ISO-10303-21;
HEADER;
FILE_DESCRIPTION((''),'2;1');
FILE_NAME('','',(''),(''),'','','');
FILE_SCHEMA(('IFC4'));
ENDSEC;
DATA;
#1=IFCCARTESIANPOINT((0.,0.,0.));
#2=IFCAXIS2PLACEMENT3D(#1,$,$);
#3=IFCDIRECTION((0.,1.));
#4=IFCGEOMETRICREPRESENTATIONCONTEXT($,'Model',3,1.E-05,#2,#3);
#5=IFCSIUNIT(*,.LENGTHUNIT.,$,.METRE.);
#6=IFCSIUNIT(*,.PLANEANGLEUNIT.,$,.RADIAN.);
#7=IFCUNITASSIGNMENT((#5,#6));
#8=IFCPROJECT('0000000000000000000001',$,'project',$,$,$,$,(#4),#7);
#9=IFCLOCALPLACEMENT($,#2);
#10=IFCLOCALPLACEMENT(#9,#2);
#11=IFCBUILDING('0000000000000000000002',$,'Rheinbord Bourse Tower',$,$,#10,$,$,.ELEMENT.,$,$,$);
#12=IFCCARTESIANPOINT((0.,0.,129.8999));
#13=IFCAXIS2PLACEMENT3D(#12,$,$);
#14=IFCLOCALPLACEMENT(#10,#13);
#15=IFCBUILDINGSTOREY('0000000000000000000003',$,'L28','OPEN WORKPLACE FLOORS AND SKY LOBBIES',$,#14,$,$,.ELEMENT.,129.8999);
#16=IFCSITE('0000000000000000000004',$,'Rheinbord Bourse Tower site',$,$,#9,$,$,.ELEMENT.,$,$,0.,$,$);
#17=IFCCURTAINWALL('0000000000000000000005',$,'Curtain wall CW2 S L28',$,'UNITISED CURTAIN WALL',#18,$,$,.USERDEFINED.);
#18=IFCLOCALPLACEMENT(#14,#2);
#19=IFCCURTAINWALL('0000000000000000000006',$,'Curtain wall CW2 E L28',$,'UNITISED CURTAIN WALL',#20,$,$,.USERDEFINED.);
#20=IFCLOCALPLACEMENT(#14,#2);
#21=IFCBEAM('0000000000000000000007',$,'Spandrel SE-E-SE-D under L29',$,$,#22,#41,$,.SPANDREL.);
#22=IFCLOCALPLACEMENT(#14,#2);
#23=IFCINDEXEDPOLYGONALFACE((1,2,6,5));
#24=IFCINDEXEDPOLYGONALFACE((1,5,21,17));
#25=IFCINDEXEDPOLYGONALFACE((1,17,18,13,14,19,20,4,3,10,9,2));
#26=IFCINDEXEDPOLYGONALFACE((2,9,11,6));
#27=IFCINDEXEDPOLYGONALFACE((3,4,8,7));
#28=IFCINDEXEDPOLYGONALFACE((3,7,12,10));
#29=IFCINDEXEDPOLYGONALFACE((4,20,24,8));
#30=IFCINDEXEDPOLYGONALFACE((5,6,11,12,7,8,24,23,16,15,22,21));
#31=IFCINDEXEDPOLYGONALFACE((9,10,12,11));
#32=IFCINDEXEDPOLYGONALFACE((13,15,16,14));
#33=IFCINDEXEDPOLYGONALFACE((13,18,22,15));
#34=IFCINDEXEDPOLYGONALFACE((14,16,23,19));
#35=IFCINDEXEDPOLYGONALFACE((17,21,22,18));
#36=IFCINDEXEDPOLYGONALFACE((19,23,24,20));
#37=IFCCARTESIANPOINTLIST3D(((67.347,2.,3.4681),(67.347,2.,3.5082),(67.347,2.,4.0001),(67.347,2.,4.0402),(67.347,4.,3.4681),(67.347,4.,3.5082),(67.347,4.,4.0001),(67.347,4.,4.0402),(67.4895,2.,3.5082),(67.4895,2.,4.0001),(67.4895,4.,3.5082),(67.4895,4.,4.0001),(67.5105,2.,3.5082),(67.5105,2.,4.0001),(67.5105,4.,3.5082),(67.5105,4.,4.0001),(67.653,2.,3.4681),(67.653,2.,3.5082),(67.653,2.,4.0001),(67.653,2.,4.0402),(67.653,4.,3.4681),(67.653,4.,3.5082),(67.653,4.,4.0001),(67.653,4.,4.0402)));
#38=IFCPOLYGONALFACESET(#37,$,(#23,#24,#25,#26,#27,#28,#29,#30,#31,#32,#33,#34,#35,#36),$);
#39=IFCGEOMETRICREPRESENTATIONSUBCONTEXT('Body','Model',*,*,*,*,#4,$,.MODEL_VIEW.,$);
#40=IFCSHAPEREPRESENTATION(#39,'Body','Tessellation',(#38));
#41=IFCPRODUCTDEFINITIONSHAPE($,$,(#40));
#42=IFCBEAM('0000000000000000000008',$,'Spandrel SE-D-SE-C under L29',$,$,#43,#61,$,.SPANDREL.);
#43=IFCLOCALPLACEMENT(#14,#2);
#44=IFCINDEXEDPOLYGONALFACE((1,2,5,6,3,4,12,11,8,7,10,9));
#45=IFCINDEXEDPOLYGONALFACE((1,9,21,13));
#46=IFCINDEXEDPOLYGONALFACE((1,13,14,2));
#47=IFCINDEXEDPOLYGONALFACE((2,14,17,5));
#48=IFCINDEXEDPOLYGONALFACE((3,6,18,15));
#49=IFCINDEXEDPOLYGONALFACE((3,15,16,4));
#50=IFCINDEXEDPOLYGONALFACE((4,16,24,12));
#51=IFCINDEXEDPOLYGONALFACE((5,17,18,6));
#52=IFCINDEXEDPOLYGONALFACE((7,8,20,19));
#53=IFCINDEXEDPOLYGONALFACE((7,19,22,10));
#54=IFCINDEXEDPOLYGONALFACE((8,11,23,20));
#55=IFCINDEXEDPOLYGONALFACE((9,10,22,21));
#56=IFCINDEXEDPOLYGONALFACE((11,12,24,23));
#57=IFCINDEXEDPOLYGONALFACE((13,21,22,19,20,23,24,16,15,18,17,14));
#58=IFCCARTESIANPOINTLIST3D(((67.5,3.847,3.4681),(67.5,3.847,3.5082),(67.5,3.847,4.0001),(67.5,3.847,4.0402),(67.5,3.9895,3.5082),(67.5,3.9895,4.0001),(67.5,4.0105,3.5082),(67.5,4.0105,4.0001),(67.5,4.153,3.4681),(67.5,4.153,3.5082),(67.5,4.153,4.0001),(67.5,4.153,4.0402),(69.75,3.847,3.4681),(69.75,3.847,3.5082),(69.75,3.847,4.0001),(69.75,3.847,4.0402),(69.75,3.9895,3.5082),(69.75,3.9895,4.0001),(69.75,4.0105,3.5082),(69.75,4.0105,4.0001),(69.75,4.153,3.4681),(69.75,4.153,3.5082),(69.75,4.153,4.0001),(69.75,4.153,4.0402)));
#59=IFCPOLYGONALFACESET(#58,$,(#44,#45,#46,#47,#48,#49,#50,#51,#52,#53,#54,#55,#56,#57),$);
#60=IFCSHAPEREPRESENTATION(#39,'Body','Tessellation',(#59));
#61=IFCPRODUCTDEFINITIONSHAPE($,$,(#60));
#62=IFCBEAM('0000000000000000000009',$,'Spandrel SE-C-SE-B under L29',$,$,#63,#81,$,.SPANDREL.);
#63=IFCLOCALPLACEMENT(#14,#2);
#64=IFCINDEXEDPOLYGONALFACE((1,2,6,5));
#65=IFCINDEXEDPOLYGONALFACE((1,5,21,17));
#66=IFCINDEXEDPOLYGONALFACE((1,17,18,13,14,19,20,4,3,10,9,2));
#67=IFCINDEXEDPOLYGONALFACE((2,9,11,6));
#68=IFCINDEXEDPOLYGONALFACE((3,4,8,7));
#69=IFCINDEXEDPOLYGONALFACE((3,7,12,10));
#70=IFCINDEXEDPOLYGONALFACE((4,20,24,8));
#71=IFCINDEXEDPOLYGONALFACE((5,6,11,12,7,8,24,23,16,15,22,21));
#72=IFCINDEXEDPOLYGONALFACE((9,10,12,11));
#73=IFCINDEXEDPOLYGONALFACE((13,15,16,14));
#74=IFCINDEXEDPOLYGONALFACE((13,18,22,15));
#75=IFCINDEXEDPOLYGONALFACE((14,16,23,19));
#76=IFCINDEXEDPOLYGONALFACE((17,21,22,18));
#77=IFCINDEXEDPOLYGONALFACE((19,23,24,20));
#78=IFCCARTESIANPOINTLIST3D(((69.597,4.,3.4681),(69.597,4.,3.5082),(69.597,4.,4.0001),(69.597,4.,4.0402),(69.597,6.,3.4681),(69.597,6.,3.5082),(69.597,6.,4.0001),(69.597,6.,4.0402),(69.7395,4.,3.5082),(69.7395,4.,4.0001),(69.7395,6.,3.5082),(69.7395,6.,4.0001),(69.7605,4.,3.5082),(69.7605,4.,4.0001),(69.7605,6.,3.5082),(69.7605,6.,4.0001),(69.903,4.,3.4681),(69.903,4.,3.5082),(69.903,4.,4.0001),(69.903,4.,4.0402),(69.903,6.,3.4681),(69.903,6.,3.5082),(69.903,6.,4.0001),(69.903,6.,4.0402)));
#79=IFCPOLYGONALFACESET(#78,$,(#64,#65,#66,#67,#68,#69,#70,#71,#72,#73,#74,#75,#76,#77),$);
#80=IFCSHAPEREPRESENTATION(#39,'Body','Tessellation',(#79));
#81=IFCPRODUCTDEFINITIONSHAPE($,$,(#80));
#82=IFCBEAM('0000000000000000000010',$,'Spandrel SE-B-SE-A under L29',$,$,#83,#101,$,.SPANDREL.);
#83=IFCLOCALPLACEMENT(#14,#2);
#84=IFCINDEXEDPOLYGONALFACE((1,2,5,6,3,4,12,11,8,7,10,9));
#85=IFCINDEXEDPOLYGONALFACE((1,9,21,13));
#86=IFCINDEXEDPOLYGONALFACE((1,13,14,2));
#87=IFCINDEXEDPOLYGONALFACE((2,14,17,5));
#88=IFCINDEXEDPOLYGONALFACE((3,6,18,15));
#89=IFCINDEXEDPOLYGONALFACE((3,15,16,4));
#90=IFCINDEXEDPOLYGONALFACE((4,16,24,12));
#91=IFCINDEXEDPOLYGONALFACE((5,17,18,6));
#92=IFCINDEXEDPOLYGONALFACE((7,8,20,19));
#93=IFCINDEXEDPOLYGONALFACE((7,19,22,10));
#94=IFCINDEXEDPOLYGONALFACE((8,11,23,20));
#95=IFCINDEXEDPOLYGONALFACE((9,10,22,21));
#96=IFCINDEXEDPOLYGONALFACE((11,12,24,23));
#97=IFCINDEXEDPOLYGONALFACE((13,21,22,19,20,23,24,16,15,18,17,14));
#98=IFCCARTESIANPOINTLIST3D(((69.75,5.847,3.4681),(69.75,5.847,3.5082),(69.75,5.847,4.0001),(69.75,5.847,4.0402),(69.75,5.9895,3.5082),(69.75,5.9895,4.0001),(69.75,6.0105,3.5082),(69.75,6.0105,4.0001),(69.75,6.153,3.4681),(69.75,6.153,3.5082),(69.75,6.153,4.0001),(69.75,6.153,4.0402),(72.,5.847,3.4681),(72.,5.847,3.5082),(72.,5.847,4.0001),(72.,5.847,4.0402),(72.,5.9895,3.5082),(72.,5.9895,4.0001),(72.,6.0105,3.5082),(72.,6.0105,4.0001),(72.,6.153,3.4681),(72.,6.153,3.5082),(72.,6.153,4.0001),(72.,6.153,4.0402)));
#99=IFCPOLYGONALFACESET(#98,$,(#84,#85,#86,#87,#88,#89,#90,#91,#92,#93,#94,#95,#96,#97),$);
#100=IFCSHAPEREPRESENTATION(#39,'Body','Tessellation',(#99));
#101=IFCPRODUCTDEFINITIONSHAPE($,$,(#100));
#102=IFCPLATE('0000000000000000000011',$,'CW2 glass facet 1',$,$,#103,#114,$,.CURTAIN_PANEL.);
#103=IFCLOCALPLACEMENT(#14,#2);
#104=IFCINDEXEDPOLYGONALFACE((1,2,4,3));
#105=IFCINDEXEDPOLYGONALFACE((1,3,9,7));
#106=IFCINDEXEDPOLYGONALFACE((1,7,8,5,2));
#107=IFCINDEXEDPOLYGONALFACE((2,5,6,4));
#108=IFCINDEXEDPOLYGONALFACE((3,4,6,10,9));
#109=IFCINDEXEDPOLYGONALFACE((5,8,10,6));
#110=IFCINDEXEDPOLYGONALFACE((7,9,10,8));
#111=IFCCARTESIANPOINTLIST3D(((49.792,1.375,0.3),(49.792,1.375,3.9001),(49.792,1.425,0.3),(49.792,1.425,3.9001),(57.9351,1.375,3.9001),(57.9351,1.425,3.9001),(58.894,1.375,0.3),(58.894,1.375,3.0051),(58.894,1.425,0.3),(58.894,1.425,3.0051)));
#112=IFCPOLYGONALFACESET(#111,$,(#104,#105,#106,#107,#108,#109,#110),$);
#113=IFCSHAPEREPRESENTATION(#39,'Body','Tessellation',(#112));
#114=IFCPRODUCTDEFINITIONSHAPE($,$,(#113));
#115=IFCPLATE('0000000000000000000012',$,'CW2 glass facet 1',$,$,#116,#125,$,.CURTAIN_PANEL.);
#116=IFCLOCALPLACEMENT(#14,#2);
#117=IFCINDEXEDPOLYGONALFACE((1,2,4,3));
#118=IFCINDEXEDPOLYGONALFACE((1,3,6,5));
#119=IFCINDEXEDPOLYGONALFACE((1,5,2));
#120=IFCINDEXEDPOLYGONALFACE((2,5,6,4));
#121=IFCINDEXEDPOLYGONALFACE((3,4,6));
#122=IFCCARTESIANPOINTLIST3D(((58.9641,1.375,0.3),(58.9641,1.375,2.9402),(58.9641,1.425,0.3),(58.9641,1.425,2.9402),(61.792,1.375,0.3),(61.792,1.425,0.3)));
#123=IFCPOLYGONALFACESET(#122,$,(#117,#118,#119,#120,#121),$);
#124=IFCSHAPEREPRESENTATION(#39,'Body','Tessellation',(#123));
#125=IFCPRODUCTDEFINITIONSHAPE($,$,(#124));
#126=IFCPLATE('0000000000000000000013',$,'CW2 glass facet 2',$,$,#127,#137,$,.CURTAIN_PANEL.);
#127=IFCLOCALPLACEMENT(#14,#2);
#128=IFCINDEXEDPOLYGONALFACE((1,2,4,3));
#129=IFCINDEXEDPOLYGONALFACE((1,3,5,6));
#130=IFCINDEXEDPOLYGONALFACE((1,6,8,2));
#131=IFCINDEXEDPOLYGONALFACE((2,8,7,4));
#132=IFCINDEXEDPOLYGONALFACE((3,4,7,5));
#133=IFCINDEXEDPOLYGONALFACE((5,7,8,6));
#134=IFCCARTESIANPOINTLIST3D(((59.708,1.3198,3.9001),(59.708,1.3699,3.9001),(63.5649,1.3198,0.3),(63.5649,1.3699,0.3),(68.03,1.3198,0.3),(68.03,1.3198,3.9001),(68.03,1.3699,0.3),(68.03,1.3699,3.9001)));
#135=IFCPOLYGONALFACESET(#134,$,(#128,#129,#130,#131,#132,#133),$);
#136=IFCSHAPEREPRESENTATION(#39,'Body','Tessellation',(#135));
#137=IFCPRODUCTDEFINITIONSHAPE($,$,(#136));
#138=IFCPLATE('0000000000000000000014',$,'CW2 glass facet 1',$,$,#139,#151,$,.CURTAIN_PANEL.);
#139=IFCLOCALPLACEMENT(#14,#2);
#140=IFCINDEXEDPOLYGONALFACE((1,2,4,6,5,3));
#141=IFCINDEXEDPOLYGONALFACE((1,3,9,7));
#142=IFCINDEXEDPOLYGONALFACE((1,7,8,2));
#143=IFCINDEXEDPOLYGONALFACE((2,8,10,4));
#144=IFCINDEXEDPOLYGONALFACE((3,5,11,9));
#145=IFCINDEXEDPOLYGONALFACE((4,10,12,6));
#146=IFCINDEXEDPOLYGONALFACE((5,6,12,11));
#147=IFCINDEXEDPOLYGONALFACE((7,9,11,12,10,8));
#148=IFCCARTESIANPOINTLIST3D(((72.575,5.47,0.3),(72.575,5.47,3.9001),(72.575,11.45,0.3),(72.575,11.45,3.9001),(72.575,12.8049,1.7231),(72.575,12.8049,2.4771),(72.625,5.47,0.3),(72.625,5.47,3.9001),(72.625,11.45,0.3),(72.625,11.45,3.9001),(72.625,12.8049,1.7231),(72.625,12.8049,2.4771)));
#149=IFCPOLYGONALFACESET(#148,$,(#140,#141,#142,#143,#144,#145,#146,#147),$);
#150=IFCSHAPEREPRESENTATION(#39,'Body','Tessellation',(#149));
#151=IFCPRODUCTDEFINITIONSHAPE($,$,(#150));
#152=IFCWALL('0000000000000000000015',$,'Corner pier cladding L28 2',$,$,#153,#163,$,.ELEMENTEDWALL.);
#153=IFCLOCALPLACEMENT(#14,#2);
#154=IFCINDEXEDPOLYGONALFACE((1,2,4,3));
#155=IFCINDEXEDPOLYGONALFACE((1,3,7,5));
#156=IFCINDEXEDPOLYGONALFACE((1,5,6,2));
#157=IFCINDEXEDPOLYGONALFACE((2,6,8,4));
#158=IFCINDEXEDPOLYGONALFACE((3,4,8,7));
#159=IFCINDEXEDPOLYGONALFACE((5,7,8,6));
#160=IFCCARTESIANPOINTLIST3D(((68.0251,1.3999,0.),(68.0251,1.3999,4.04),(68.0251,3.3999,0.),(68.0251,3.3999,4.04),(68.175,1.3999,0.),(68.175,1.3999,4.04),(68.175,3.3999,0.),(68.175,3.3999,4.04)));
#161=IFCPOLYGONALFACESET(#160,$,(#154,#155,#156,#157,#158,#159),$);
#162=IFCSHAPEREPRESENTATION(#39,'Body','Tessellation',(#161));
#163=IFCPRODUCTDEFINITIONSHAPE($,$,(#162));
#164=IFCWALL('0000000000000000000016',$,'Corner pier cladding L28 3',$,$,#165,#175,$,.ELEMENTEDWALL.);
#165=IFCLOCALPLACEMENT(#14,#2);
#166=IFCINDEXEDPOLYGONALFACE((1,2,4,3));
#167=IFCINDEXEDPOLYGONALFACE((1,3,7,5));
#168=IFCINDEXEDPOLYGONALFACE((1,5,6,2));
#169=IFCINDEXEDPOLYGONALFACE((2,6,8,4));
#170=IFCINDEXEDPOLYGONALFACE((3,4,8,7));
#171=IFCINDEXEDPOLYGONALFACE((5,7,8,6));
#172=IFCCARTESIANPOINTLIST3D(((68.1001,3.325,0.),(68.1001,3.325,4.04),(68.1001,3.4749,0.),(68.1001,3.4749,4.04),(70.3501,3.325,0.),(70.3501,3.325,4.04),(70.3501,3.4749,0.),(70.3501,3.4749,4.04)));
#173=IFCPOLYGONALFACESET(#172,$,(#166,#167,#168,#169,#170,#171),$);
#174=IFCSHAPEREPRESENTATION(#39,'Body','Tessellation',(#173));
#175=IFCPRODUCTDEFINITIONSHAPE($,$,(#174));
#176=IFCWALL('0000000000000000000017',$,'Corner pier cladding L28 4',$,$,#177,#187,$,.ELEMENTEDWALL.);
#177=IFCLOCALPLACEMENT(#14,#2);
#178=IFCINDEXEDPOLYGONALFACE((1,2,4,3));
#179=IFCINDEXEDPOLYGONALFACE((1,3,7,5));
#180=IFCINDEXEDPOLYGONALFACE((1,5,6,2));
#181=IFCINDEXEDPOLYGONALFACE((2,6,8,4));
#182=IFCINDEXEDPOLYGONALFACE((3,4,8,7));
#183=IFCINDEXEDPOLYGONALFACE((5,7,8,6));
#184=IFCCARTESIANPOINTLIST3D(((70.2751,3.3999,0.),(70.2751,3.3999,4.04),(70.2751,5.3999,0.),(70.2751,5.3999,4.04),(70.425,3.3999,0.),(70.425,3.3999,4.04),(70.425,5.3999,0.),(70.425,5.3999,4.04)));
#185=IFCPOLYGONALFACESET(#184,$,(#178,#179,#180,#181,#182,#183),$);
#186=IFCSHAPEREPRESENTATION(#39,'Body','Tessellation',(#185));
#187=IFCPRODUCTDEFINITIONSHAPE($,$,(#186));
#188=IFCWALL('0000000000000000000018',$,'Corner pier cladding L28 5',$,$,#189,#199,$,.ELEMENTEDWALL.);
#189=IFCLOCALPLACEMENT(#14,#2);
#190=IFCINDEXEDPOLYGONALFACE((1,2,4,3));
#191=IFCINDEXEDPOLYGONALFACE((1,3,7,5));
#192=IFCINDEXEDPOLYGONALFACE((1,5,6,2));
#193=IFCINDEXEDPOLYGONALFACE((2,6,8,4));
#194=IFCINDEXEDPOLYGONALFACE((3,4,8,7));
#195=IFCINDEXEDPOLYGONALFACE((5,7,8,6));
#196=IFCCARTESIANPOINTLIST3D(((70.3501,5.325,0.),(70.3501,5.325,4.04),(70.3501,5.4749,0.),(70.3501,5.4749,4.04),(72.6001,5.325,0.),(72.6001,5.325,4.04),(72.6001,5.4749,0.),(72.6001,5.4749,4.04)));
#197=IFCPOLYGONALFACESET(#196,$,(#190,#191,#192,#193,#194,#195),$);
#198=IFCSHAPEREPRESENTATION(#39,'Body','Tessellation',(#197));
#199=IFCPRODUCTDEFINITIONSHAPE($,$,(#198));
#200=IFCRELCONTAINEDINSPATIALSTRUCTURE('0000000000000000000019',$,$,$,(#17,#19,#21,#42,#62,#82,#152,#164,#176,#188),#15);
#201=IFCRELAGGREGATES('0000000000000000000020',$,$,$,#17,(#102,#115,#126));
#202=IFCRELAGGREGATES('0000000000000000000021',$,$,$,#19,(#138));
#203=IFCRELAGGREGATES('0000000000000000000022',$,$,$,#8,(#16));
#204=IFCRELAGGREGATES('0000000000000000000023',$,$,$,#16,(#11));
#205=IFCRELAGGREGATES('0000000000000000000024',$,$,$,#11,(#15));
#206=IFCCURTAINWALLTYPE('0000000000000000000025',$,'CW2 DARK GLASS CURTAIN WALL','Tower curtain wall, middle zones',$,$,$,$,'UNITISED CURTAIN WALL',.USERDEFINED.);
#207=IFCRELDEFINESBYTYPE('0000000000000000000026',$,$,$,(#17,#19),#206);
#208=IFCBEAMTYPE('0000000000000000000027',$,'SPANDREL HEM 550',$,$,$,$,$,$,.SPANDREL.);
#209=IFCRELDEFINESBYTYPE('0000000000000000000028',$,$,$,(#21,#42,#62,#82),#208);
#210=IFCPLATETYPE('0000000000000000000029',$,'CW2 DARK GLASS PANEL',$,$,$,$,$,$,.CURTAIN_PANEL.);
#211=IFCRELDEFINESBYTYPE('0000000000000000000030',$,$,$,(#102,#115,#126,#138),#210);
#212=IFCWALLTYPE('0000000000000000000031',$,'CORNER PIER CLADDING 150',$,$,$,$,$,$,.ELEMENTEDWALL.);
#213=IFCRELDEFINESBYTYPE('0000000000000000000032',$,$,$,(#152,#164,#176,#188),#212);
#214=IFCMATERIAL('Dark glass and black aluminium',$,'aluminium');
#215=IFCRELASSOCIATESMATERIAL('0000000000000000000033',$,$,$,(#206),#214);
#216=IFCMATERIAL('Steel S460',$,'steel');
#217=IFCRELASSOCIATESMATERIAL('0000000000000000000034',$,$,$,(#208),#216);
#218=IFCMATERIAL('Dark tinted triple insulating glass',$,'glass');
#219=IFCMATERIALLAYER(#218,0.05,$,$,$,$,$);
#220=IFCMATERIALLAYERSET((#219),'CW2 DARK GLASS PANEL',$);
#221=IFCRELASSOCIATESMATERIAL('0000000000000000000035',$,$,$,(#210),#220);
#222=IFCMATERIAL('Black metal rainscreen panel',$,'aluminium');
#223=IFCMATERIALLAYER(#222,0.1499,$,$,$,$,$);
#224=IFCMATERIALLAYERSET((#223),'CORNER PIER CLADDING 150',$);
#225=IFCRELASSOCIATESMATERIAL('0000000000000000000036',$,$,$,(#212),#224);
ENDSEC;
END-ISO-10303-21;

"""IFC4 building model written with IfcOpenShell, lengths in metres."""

from ifc_helpers import new_model, si_unit, direction, frame, frame_2d, origin, origin_2d, place, context, subcontext, project, spatial, polyline, rectangle, i_section, outline, extrude, material, layer, layer_set, material_profile, profile_set, type_object, element, aggregate, save


model = new_model("IFC4")

# Units and contexts
model_context = context("Model", 3, precision=1e-05, world=origin(), true_north=direction((0.0, 1.0)))
body_context = subcontext(model_context, "Body", "Model", "MODEL_VIEW")
ifc_project = project(units=[si_unit("LENGTHUNIT", "METRE"), si_unit("PLANEANGLEUNIT", "RADIAN")], contexts=[model_context])

# Site, building, storey
site_placement = place(None, origin())
site = spatial("IfcSite", under=ifc_project, at=site_placement, Name="Rheinbord Bourse Tower site", CompositionType="ELEMENT", RefElevation=0.0)
building_placement = place(site_placement, origin())
building = spatial("IfcBuilding", under=site, at=building_placement, Name="Rheinbord Bourse Tower", CompositionType="ELEMENT")
storey_placement = place(building_placement, frame((0.0, 0.0, 129.8999)))
storey = spatial("IfcBuildingStorey", under=building, at=storey_placement, Name="L28", Description="OPEN WORKPLACE FLOORS AND SKY LOBBIES", CompositionType="ELEMENT", Elevation=129.8999)

# Curtain wall
ifc_material_1 = material(Name="Dark glass and black aluminium", Category="aluminium")
curtain_wall_type = type_object("IfcCurtainWallType", Name="CW2 DARK GLASS CURTAIN WALL", Description="Tower curtain wall, middle zones", ElementType="UNITISED CURTAIN WALL", PredefinedType="USERDEFINED", material=ifc_material_1)
curtain_wall_1_placement = place(storey_placement, origin())
curtain_wall_1 = element("IfcCurtainWall", 1, at=curtain_wall_1_placement, inside=storey, type_object=curtain_wall_type, Name="Curtain wall CW2 S L28", ObjectType="UNITISED CURTAIN WALL", PredefinedType="USERDEFINED")

# Curtain wall
curtain_wall_2_placement = place(storey_placement, origin())
curtain_wall_2 = element("IfcCurtainWall", 2, at=curtain_wall_2_placement, inside=storey, type_object=curtain_wall_type, Name="Curtain wall CW2 E L28", ObjectType="UNITISED CURTAIN WALL", PredefinedType="USERDEFINED")

# Beams
ifc_material_2 = material(Name="Steel S460", Category="steel")
ifc_material_profile_1 = material_profile(ifc_material_2, i_section(OverallWidth=0.3059, OverallDepth=0.572, WebThickness=0.021, FlangeThickness=0.04, at=origin_2d()), Name="HEM 550")
ifc_profile_set_1 = profile_set([ifc_material_profile_1], Name="Steel S460")
beam_type_1 = type_object("IfcBeamType", Name="SPANDREL HEM 550", PredefinedType="SPANDREL", material=ifc_profile_set_1)
beam_1_placement = place(storey_placement, frame((67.5, 2.0, 3.7542), z_axis=(0.0, 1.0, 0.0), x_axis=(-1.0, 0.0, 0.0)))
element("IfcBeam", 3, at=beam_1_placement, inside=storey, type_object=beam_type_1, Name="Spandrel SE-E-SE-D under L29", PredefinedType="SPANDREL", context=body_context, shape_type="SweptSolid", body=[
    extrude(i_section(OverallWidth=0.3059, OverallDepth=0.572, WebThickness=0.021, FlangeThickness=0.04, at=origin_2d()), origin(), (0.0, 0.0, 1.0), 2.0),
])
beam_2_placement = place(storey_placement, frame((67.5, 4.0, 3.7542), z_axis=(1.0, 0.0, 0.0), x_axis=(0.0, 1.0, 0.0)))
element("IfcBeam", 4, at=beam_2_placement, inside=storey, type_object=beam_type_1, Name="Spandrel SE-D-SE-C under L29", PredefinedType="SPANDREL", context=body_context, shape_type="SweptSolid", body=[
    extrude(i_section(OverallWidth=0.3059, OverallDepth=0.572, WebThickness=0.021, FlangeThickness=0.04, at=origin_2d()), origin(), (0.0, 0.0, 1.0), 2.25),
])
beam_3_placement = place(storey_placement, frame((69.75, 4.0, 3.7542), z_axis=(0.0, 1.0, 0.0), x_axis=(-1.0, 0.0, 0.0)))
element("IfcBeam", 5, at=beam_3_placement, inside=storey, type_object=beam_type_1, Name="Spandrel SE-C-SE-B under L29", PredefinedType="SPANDREL", context=body_context, shape_type="SweptSolid", body=[
    extrude(i_section(OverallWidth=0.3059, OverallDepth=0.572, WebThickness=0.021, FlangeThickness=0.04, at=origin_2d()), origin(), (0.0, 0.0, 1.0), 2.0),
])
beam_4_placement = place(storey_placement, frame((69.75, 6.0, 3.7542), z_axis=(1.0, 0.0, 0.0), x_axis=(0.0, 1.0, 0.0)))
element("IfcBeam", 6, at=beam_4_placement, inside=storey, type_object=beam_type_1, Name="Spandrel SE-B-SE-A under L29", PredefinedType="SPANDREL", context=body_context, shape_type="SweptSolid", body=[
    extrude(i_section(OverallWidth=0.3059, OverallDepth=0.572, WebThickness=0.021, FlangeThickness=0.04, at=origin_2d()), origin(), (0.0, 0.0, 1.0), 2.25),
])

# Plates
ifc_material_3 = material(Name="Dark tinted triple insulating glass", Category="glass")
ifc_layer_1 = layer(ifc_material_3, 0.05)
ifc_layer_set_1 = layer_set([ifc_layer_1], Name="CW2 DARK GLASS PANEL")
plate_type = type_object("IfcPlateType", Name="CW2 DARK GLASS PANEL", PredefinedType="CURTAIN_PANEL", material=ifc_layer_set_1)
plate_1_placement = place(storey_placement, frame((58.894, 1.375, 0.3), z_axis=(0.0, 1.0, 0.0), x_axis=(-1.0, 0.0, 0.0)))
plate_1 = element("IfcPlate", 7, at=plate_1_placement, type_object=plate_type, Name="CW2 glass facet 1", PredefinedType="CURTAIN_PANEL", context=body_context, shape_type="SweptSolid", body=[
    extrude(outline(polyline([(0.0, 0.0), (9.1021, 0.0), (9.1021, 3.6001), (0.959, 3.6001), (0.0, 2.7051), (0.0, 0.0)])), origin(), (0.0, 0.0, 1.0), 0.05),
])
plate_2_placement = place(storey_placement, frame((58.9641, 1.375, 0.3), z_axis=(0.0, 1.0, 0.0), x_axis=(0.0, 0.0, 1.0)))
plate_2 = element("IfcPlate", 8, at=plate_2_placement, type_object=plate_type, Name="CW2 glass facet 1", PredefinedType="CURTAIN_PANEL", context=body_context, shape_type="SweptSolid", body=[
    extrude(outline(polyline([(0.0, 0.0), (2.6401, 0.0), (0.0, 2.8279), (0.0, 0.0)])), origin(), (0.0, 0.0, 1.0), 0.05),
])
plate_3_placement = place(storey_placement, frame((68.03, 1.3198, 3.9001), z_axis=(0.0, 1.0, 0.0), x_axis=(0.0, 0.0, -1.0)))
plate_3 = element("IfcPlate", 9, at=plate_3_placement, type_object=plate_type, Name="CW2 glass facet 2", PredefinedType="CURTAIN_PANEL", context=body_context, shape_type="SweptSolid", body=[
    extrude(outline(polyline([(0.0, 0.0), (3.6001, 0.0), (3.6001, 4.4651), (0.0, 8.322), (0.0, 0.0)])), origin(), (0.0, 0.0, 1.0), 0.05),
])
aggregate(curtain_wall_1, [plate_1, plate_2, plate_3])
plate_4_placement = place(storey_placement, frame((72.625, 5.47, 0.3), z_axis=(-1.0, 0.0, 0.0), x_axis=(0.0, 0.0, 1.0)))
plate_4 = element("IfcPlate", 10, at=plate_4_placement, type_object=plate_type, Name="CW2 glass facet 1", PredefinedType="CURTAIN_PANEL", context=body_context, shape_type="SweptSolid", body=[
    extrude(outline(polyline([(0.0, 0.0), (3.6001, 0.0), (3.6001, 5.98), (2.177, 7.335), (1.4231, 7.335), (0.0, 5.98), (0.0, 0.0)])), origin(), (0.0, 0.0, 1.0), 0.05),
])
aggregate(curtain_wall_2, [plate_4])

# Walls
ifc_material_4 = material(Name="Black metal rainscreen panel", Category="aluminium")
ifc_layer_2 = layer(ifc_material_4, 0.1499)
ifc_layer_set_2 = layer_set([ifc_layer_2], Name="CORNER PIER CLADDING 150")
wall_type = type_object("IfcWallType", Name="CORNER PIER CLADDING 150", PredefinedType="ELEMENTEDWALL", material=ifc_layer_set_2)
wall_1_placement = place(storey_placement, frame((68.1001, 1.3999, 0.0), z_axis=(0.0, 0.0, 1.0), x_axis=(0.0, 1.0, 0.0)))
element("IfcWall", 11, at=wall_1_placement, inside=storey, type_object=wall_type, Name="Corner pier cladding L28 2", PredefinedType="ELEMENTEDWALL", context=body_context, shape_type="SweptSolid", body=[
    extrude(rectangle(XDim=2.0, YDim=0.1499, at=frame_2d((1.0, 0.0))), origin(), (0.0, 0.0, 1.0), 4.04),
])
wall_2_placement = place(storey_placement, frame((68.1001, 3.3999, 0.0), z_axis=(0.0, 0.0, 1.0), x_axis=(1.0, 0.0, 0.0)))
element("IfcWall", 12, at=wall_2_placement, inside=storey, type_object=wall_type, Name="Corner pier cladding L28 3", PredefinedType="ELEMENTEDWALL", context=body_context, shape_type="SweptSolid", body=[
    extrude(rectangle(XDim=2.25, YDim=0.1499, at=frame_2d((1.125, 0.0))), origin(), (0.0, 0.0, 1.0), 4.04),
])
wall_3_placement = place(storey_placement, frame((70.3501, 3.3999, 0.0), z_axis=(0.0, 0.0, 1.0), x_axis=(0.0, 1.0, 0.0)))
element("IfcWall", 13, at=wall_3_placement, inside=storey, type_object=wall_type, Name="Corner pier cladding L28 4", PredefinedType="ELEMENTEDWALL", context=body_context, shape_type="SweptSolid", body=[
    extrude(rectangle(XDim=2.0, YDim=0.1499, at=frame_2d((1.0, 0.0))), origin(), (0.0, 0.0, 1.0), 4.04),
])
wall_4_placement = place(storey_placement, frame((70.3501, 5.3999, 0.0), z_axis=(0.0, 0.0, 1.0), x_axis=(1.0, 0.0, 0.0)))
element("IfcWall", 14, at=wall_4_placement, inside=storey, type_object=wall_type, Name="Corner pier cladding L28 5", PredefinedType="ELEMENTEDWALL", context=body_context, shape_type="SweptSolid", body=[
    extrude(rectangle(XDim=2.25, YDim=0.1499, at=frame_2d((1.125, 0.0))), origin(), (0.0, 0.0, 1.0), 4.04),
])

save(model, "model.ifc")
